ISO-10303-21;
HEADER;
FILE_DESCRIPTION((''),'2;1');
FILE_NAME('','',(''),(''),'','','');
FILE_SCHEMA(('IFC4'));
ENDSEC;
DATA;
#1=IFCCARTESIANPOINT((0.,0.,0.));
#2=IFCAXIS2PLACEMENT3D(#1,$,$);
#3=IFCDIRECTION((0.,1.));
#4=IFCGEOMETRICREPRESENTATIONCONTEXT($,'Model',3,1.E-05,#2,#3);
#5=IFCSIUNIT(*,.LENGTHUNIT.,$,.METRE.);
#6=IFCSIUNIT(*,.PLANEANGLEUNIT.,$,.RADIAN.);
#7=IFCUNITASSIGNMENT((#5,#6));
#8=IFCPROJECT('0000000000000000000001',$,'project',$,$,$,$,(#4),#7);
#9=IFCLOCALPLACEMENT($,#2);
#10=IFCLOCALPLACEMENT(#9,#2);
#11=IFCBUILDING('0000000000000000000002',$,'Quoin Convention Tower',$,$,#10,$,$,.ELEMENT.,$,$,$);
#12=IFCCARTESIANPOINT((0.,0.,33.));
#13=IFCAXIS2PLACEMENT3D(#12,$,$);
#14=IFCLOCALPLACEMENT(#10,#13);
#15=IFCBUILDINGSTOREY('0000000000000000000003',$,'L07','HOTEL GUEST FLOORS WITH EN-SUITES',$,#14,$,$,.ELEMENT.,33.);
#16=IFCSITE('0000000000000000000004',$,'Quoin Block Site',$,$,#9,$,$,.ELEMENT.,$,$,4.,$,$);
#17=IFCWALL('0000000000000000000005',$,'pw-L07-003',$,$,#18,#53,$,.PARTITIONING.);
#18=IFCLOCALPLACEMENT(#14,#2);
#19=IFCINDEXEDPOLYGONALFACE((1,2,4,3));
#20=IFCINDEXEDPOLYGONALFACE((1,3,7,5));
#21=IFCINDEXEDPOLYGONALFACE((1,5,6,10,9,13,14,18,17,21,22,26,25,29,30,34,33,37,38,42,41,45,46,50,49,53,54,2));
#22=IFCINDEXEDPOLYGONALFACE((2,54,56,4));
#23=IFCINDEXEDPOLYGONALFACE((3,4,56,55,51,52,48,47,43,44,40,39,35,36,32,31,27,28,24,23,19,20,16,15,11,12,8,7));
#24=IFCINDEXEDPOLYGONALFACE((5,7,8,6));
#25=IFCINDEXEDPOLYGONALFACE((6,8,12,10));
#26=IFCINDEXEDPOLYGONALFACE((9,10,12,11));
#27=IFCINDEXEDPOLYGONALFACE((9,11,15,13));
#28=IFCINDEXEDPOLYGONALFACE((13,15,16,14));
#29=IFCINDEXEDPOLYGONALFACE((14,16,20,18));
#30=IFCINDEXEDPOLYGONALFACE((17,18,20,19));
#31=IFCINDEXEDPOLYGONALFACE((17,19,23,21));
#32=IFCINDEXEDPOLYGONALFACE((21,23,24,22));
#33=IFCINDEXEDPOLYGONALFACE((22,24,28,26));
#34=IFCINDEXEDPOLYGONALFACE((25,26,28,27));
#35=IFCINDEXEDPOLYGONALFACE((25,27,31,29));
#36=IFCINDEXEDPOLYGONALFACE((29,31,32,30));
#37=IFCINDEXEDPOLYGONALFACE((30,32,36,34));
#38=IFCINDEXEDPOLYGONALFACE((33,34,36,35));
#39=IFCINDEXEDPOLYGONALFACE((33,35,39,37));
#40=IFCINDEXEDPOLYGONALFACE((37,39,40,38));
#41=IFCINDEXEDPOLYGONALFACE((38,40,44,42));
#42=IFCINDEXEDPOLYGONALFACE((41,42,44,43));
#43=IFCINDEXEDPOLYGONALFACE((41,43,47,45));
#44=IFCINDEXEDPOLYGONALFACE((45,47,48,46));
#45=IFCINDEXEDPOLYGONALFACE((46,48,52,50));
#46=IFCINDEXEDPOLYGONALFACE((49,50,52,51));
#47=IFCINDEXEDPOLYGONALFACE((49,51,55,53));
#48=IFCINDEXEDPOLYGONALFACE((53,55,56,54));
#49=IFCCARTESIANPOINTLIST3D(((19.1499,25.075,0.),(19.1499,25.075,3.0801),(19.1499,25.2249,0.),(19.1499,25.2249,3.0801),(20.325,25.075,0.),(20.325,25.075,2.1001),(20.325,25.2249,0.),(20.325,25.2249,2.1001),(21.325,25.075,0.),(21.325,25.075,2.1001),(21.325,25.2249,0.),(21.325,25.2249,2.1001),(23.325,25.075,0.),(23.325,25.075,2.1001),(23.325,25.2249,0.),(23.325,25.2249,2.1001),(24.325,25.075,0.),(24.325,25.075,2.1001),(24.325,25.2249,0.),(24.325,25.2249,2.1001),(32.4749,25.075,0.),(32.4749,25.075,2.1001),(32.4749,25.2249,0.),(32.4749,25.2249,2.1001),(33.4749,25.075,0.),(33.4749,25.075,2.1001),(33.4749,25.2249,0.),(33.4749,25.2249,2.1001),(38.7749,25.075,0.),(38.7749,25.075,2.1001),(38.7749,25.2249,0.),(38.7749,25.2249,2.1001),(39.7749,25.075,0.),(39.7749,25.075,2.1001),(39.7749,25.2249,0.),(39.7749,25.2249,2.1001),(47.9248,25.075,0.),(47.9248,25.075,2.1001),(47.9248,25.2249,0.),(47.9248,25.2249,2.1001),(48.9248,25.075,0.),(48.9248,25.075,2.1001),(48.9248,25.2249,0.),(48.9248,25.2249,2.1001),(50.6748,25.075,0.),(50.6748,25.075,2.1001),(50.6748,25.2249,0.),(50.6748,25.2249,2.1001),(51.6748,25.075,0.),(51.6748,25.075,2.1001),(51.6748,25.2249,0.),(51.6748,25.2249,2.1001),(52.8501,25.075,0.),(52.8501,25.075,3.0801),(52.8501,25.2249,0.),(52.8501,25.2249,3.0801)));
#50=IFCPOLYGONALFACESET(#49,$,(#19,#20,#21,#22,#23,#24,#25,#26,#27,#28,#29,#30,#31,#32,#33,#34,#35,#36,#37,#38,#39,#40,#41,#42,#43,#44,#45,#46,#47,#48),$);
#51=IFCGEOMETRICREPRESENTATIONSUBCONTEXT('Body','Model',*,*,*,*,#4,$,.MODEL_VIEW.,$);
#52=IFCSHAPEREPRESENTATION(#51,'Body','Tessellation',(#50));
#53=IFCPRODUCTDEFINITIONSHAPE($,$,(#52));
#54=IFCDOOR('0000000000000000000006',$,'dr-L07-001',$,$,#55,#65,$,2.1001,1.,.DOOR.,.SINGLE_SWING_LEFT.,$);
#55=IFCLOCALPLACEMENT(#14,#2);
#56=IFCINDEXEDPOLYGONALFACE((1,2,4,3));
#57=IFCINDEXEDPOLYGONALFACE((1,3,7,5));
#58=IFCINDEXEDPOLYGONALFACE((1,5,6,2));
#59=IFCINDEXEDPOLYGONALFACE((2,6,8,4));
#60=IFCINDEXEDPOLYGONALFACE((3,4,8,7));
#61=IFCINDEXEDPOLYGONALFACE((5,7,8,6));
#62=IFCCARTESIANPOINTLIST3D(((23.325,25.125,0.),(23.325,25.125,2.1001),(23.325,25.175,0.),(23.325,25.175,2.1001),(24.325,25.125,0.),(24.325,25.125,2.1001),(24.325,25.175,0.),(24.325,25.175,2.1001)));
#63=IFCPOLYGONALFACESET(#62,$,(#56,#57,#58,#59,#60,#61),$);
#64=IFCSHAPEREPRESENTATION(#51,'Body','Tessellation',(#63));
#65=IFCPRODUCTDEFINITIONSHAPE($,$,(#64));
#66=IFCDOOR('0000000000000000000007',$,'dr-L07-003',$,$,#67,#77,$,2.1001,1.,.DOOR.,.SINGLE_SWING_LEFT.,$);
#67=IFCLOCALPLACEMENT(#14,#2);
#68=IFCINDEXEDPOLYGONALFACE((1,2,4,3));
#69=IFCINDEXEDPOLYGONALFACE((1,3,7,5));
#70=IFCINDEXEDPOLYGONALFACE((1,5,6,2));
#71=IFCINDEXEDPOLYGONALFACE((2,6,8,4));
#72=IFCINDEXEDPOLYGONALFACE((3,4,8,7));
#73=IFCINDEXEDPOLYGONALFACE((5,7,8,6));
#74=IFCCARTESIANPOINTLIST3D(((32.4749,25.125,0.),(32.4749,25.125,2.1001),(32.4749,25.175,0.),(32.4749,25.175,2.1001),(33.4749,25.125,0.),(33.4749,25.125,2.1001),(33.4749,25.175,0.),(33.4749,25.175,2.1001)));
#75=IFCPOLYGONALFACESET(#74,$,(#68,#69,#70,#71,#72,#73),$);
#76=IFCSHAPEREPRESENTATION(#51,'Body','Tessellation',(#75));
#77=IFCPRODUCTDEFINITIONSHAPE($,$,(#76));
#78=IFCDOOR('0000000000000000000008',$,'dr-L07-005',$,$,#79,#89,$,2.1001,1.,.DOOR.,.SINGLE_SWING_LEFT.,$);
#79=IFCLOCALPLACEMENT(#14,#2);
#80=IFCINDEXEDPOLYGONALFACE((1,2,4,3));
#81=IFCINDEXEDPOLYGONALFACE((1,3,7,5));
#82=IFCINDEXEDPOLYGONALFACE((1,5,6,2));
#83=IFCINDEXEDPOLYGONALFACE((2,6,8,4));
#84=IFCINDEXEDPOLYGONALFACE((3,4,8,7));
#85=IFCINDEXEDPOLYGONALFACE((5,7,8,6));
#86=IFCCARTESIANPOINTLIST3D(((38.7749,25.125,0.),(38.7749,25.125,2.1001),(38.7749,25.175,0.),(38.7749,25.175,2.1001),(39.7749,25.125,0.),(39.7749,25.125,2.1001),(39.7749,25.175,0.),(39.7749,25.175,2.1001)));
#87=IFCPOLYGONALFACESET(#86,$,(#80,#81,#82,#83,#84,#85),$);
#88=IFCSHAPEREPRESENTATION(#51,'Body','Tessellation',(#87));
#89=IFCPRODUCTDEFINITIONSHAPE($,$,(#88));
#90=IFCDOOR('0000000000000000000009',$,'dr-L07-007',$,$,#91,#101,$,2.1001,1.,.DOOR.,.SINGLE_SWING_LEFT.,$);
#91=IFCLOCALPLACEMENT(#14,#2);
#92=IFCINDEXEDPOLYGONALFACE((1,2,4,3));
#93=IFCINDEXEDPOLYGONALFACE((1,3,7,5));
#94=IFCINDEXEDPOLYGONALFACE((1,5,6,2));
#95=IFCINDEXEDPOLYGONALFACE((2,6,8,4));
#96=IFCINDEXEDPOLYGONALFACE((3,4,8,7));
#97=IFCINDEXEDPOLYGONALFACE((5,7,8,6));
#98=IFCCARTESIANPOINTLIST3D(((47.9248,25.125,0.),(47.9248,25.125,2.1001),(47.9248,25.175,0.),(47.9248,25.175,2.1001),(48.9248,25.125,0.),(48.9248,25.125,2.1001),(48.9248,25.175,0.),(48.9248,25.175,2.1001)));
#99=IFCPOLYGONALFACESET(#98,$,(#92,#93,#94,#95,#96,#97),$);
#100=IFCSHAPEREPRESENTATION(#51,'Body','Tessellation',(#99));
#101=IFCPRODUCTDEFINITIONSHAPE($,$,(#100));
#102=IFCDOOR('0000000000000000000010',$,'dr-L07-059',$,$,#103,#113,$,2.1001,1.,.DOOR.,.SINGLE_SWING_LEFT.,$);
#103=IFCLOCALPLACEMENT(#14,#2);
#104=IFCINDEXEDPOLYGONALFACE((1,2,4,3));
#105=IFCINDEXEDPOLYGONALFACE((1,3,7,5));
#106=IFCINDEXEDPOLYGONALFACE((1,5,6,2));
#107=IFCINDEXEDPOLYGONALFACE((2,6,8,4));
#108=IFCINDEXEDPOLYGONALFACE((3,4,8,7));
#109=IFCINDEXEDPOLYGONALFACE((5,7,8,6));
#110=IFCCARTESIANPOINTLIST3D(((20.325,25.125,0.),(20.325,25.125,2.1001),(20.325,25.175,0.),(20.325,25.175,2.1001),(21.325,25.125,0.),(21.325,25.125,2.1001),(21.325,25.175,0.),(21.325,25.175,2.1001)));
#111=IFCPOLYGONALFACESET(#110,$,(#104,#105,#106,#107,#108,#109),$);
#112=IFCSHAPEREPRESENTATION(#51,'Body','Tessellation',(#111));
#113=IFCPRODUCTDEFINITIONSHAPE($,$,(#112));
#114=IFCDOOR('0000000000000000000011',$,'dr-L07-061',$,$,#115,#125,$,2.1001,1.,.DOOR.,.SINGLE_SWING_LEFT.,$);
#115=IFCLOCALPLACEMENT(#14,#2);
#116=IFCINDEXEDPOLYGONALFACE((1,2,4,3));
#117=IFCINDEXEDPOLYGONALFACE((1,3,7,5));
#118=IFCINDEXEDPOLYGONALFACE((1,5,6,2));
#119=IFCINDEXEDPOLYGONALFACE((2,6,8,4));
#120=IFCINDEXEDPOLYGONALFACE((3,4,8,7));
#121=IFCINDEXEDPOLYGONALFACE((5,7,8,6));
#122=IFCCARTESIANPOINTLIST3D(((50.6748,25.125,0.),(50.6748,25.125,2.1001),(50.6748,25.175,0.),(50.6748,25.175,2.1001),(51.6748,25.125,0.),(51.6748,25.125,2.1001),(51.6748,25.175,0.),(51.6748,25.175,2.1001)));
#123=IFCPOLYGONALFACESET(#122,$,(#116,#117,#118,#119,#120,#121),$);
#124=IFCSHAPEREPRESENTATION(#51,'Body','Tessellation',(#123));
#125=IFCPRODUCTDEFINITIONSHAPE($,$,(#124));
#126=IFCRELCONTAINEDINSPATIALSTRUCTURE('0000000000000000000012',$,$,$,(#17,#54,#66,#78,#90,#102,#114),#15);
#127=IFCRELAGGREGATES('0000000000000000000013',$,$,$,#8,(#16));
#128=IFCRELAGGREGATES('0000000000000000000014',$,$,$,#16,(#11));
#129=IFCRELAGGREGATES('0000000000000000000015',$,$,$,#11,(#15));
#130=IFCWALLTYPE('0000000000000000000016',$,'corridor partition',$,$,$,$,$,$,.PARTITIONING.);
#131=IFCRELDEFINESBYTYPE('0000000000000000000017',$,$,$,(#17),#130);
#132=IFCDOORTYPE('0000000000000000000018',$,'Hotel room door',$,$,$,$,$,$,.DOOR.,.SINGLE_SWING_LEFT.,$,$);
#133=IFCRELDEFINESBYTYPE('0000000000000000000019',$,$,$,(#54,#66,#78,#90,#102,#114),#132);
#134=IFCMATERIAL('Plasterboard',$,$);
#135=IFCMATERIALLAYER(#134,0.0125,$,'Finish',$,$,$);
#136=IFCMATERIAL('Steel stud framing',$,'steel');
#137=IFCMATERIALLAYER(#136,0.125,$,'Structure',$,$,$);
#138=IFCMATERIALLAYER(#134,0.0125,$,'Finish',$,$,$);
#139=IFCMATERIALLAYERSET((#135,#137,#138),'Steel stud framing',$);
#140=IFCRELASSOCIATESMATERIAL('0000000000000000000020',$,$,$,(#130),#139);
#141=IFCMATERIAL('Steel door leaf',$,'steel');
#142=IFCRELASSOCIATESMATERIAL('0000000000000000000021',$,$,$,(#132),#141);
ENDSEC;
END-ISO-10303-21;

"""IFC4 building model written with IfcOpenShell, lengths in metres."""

from ifc_helpers import new_model, si_unit, direction, frame, frame_2d, origin, place, context, subcontext, project, spatial, rectangle, extrude, material, layer, layer_set, type_object, element, fill, save


model = new_model("IFC4")

# Units and contexts
model_context = context("Model", 3, precision=1e-05, world=origin(), true_north=direction((0.0, 1.0)))
body_context = subcontext(model_context, "Body", "Model", "MODEL_VIEW")
ifc_project = project(units=[si_unit("LENGTHUNIT", "METRE"), si_unit("PLANEANGLEUNIT", "RADIAN")], contexts=[model_context])

# Site, building, storey
site_placement = place(None, origin())
site = spatial("IfcSite", under=ifc_project, at=site_placement, Name="Quoin Block Site", CompositionType="ELEMENT", RefElevation=4.0)
building_placement = place(site_placement, origin())
building = spatial("IfcBuilding", under=site, at=building_placement, Name="Quoin Convention Tower", CompositionType="ELEMENT")
storey_placement = place(building_placement, frame((0.0, 0.0, 33.0)))
storey = spatial("IfcBuildingStorey", under=building, at=storey_placement, Name="L07", Description="HOTEL GUEST FLOORS WITH EN-SUITES", CompositionType="ELEMENT", Elevation=33.0)

# Shared definitions
ifc_material_1 = material(Name="Steel door leaf", Category="steel")

# Wall, openings, doors
ifc_material_2 = material(Name="Plasterboard")
ifc_layer_1 = layer(ifc_material_2, 0.0125, Name="Finish")
ifc_material_3 = material(Name="Steel stud framing", Category="steel")
ifc_layer_2 = layer(ifc_material_3, 0.125, Name="Structure")
ifc_layer_3 = layer(ifc_material_2, 0.0125, Name="Finish")
ifc_layer_set_1 = layer_set([ifc_layer_1, ifc_layer_2, ifc_layer_3], Name="Steel stud framing")
wall_type_1 = type_object("IfcWallType", Name="corridor partition", PredefinedType="PARTITIONING", material=ifc_layer_set_1)
wall_1_placement = place(storey_placement, frame((19.1499, 25.1499, 0.0), z_axis=(0.0, 0.0, 1.0), x_axis=(1.0, 0.0, 0.0)))
wall_1 = element("IfcWall", 1, at=wall_1_placement, inside=storey, type_object=wall_type_1, Name="pw-L07-003", PredefinedType="PARTITIONING", context=body_context, shape_type="SweptSolid", body=[
    extrude(rectangle(XDim=33.7002, YDim=0.1499, at=frame_2d((16.8501, 0.0))), origin(), (0.0, 0.0, 1.0), 3.0801),
])
opening_1_placement = place(wall_1_placement, frame((4.175, 0.0, 0.0)))
opening_1 = element("IfcOpeningElement", 2, at=opening_1_placement, cuts=wall_1, PredefinedType="OPENING", context=body_context, shape_type="SweptSolid", body=[
    extrude(rectangle(XDim=1.0, YDim=2.1001, at=frame_2d((0.5, 1.05))), frame((0.0, 0.085, 0.0), z_axis=(0.0, -1.0, 0.0), x_axis=(1.0, 0.0, 0.0)), (0.0, 0.0, 1.0), 0.1699),
])
opening_2_placement = place(wall_1_placement, frame((13.325, 0.0, 0.0)))
opening_2 = element("IfcOpeningElement", 3, at=opening_2_placement, cuts=wall_1, PredefinedType="OPENING", context=body_context, shape_type="SweptSolid", body=[
    extrude(rectangle(XDim=1.0, YDim=2.1001, at=frame_2d((0.5, 1.05))), frame((0.0, 0.085, 0.0), z_axis=(0.0, -1.0, 0.0), x_axis=(1.0, 0.0, 0.0)), (0.0, 0.0, 1.0), 0.1699),
])
opening_3_placement = place(wall_1_placement, frame((19.625, 0.0, 0.0)))
opening_3 = element("IfcOpeningElement", 4, at=opening_3_placement, cuts=wall_1, PredefinedType="OPENING", context=body_context, shape_type="SweptSolid", body=[
    extrude(rectangle(XDim=1.0, YDim=2.1001, at=frame_2d((0.5, 1.05))), frame((0.0, 0.085, 0.0), z_axis=(0.0, -1.0, 0.0), x_axis=(1.0, 0.0, 0.0)), (0.0, 0.0, 1.0), 0.1699),
])
opening_4_placement = place(wall_1_placement, frame((28.7749, 0.0, 0.0)))
opening_4 = element("IfcOpeningElement", 5, at=opening_4_placement, cuts=wall_1, PredefinedType="OPENING", context=body_context, shape_type="SweptSolid", body=[
    extrude(rectangle(XDim=1.0, YDim=2.1001, at=frame_2d((0.5, 1.05))), frame((0.0, 0.085, 0.0), z_axis=(0.0, -1.0, 0.0), x_axis=(1.0, 0.0, 0.0)), (0.0, 0.0, 1.0), 0.1699),
])
opening_5_placement = place(wall_1_placement, frame((1.175, 0.0, 0.0)))
opening_5 = element("IfcOpeningElement", 6, at=opening_5_placement, cuts=wall_1, PredefinedType="OPENING", context=body_context, shape_type="SweptSolid", body=[
    extrude(rectangle(XDim=1.0, YDim=2.1001, at=frame_2d((0.5, 1.05))), frame((0.0, 0.085, 0.0), z_axis=(0.0, -1.0, 0.0), x_axis=(1.0, 0.0, 0.0)), (0.0, 0.0, 1.0), 0.1699),
])
opening_6_placement = place(wall_1_placement, frame((31.5249, 0.0, 0.0)))
opening_6 = element("IfcOpeningElement", 7, at=opening_6_placement, cuts=wall_1, PredefinedType="OPENING", context=body_context, shape_type="SweptSolid", body=[
    extrude(rectangle(XDim=1.0, YDim=2.1001, at=frame_2d((0.5, 1.05))), frame((0.0, 0.085, 0.0), z_axis=(0.0, -1.0, 0.0), x_axis=(1.0, 0.0, 0.0)), (0.0, 0.0, 1.0), 0.1699),
])
door_type_1 = type_object("IfcDoorType", Name="Hotel room door", OperationType="SINGLE_SWING_LEFT", PredefinedType="DOOR", material=ifc_material_1)
door_1_placement = place(opening_1_placement, frame((1.0, 0.0, 0.0), z_axis=(0.0, 0.0, 1.0), x_axis=(-1.0, 0.0, 0.0)))
door_1 = element("IfcDoor", 8, at=door_1_placement, inside=storey, type_object=door_type_1, Name="dr-L07-001", OperationType="SINGLE_SWING_LEFT", OverallHeight=2.1001, OverallWidth=1.0, PredefinedType="DOOR", context=body_context, shape_type="SweptSolid", body=[
    extrude(rectangle(XDim=1.0, YDim=2.1001, at=frame_2d((0.5, 1.05))), frame((0.0, 0.0249, 0.0), z_axis=(0.0, -1.0, 0.0), x_axis=(1.0, 0.0, 0.0)), (0.0, 0.0, 1.0), 0.05),
])
fill(opening_1, door_1)
door_2_placement = place(opening_2_placement, frame((1.0, 0.0, 0.0), z_axis=(0.0, 0.0, 1.0), x_axis=(-1.0, 0.0, 0.0)))
door_2 = element("IfcDoor", 9, at=door_2_placement, inside=storey, type_object=door_type_1, Name="dr-L07-003", OperationType="SINGLE_SWING_LEFT", OverallHeight=2.1001, OverallWidth=1.0, PredefinedType="DOOR", context=body_context, shape_type="SweptSolid", body=[
    extrude(rectangle(XDim=1.0, YDim=2.1001, at=frame_2d((0.5, 1.05))), frame((0.0, 0.0249, 0.0), z_axis=(0.0, -1.0, 0.0), x_axis=(1.0, 0.0, 0.0)), (0.0, 0.0, 1.0), 0.05),
])
fill(opening_2, door_2)
door_3_placement = place(opening_3_placement, frame((1.0, 0.0, 0.0), z_axis=(0.0, 0.0, 1.0), x_axis=(-1.0, 0.0, 0.0)))
door_3 = element("IfcDoor", 10, at=door_3_placement, inside=storey, type_object=door_type_1, Name="dr-L07-005", OperationType="SINGLE_SWING_LEFT", OverallHeight=2.1001, OverallWidth=1.0, PredefinedType="DOOR", context=body_context, shape_type="SweptSolid", body=[
    extrude(rectangle(XDim=1.0, YDim=2.1001, at=frame_2d((0.5, 1.05))), frame((0.0, 0.0249, 0.0), z_axis=(0.0, -1.0, 0.0), x_axis=(1.0, 0.0, 0.0)), (0.0, 0.0, 1.0), 0.05),
])
fill(opening_3, door_3)
door_4_placement = place(opening_4_placement, frame((1.0, 0.0, 0.0), z_axis=(0.0, 0.0, 1.0), x_axis=(-1.0, 0.0, 0.0)))
door_4 = element("IfcDoor", 11, at=door_4_placement, inside=storey, type_object=door_type_1, Name="dr-L07-007", OperationType="SINGLE_SWING_LEFT", OverallHeight=2.1001, OverallWidth=1.0, PredefinedType="DOOR", context=body_context, shape_type="SweptSolid", body=[
    extrude(rectangle(XDim=1.0, YDim=2.1001, at=frame_2d((0.5, 1.05))), frame((0.0, 0.0249, 0.0), z_axis=(0.0, -1.0, 0.0), x_axis=(1.0, 0.0, 0.0)), (0.0, 0.0, 1.0), 0.05),
])
fill(opening_4, door_4)
door_5_placement = place(opening_5_placement, frame((1.0, 0.0, 0.0), z_axis=(0.0, 0.0, 1.0), x_axis=(-1.0, 0.0, 0.0)))
door_5 = element("IfcDoor", 12, at=door_5_placement, inside=storey, type_object=door_type_1, Name="dr-L07-059", OperationType="SINGLE_SWING_LEFT", OverallHeight=2.1001, OverallWidth=1.0, PredefinedType="DOOR", context=body_context, shape_type="SweptSolid", body=[
    extrude(rectangle(XDim=1.0, YDim=2.1001, at=frame_2d((0.5, 1.05))), frame((0.0, 0.0249, 0.0), z_axis=(0.0, -1.0, 0.0), x_axis=(1.0, 0.0, 0.0)), (0.0, 0.0, 1.0), 0.05),
])
fill(opening_5, door_5)
door_6_placement = place(opening_6_placement, frame((1.0, 0.0, 0.0), z_axis=(0.0, 0.0, 1.0), x_axis=(-1.0, 0.0, 0.0)))
door_6 = element("IfcDoor", 13, at=door_6_placement, inside=storey, type_object=door_type_1, Name="dr-L07-061", OperationType="SINGLE_SWING_LEFT", OverallHeight=2.1001, OverallWidth=1.0, PredefinedType="DOOR", context=body_context, shape_type="SweptSolid", body=[
    extrude(rectangle(XDim=1.0, YDim=2.1001, at=frame_2d((0.5, 1.05))), frame((0.0, 0.0249, 0.0), z_axis=(0.0, -1.0, 0.0), x_axis=(1.0, 0.0, 0.0)), (0.0, 0.0, 1.0), 0.05),
])
fill(opening_6, door_6)

save(model, "model.ifc")
